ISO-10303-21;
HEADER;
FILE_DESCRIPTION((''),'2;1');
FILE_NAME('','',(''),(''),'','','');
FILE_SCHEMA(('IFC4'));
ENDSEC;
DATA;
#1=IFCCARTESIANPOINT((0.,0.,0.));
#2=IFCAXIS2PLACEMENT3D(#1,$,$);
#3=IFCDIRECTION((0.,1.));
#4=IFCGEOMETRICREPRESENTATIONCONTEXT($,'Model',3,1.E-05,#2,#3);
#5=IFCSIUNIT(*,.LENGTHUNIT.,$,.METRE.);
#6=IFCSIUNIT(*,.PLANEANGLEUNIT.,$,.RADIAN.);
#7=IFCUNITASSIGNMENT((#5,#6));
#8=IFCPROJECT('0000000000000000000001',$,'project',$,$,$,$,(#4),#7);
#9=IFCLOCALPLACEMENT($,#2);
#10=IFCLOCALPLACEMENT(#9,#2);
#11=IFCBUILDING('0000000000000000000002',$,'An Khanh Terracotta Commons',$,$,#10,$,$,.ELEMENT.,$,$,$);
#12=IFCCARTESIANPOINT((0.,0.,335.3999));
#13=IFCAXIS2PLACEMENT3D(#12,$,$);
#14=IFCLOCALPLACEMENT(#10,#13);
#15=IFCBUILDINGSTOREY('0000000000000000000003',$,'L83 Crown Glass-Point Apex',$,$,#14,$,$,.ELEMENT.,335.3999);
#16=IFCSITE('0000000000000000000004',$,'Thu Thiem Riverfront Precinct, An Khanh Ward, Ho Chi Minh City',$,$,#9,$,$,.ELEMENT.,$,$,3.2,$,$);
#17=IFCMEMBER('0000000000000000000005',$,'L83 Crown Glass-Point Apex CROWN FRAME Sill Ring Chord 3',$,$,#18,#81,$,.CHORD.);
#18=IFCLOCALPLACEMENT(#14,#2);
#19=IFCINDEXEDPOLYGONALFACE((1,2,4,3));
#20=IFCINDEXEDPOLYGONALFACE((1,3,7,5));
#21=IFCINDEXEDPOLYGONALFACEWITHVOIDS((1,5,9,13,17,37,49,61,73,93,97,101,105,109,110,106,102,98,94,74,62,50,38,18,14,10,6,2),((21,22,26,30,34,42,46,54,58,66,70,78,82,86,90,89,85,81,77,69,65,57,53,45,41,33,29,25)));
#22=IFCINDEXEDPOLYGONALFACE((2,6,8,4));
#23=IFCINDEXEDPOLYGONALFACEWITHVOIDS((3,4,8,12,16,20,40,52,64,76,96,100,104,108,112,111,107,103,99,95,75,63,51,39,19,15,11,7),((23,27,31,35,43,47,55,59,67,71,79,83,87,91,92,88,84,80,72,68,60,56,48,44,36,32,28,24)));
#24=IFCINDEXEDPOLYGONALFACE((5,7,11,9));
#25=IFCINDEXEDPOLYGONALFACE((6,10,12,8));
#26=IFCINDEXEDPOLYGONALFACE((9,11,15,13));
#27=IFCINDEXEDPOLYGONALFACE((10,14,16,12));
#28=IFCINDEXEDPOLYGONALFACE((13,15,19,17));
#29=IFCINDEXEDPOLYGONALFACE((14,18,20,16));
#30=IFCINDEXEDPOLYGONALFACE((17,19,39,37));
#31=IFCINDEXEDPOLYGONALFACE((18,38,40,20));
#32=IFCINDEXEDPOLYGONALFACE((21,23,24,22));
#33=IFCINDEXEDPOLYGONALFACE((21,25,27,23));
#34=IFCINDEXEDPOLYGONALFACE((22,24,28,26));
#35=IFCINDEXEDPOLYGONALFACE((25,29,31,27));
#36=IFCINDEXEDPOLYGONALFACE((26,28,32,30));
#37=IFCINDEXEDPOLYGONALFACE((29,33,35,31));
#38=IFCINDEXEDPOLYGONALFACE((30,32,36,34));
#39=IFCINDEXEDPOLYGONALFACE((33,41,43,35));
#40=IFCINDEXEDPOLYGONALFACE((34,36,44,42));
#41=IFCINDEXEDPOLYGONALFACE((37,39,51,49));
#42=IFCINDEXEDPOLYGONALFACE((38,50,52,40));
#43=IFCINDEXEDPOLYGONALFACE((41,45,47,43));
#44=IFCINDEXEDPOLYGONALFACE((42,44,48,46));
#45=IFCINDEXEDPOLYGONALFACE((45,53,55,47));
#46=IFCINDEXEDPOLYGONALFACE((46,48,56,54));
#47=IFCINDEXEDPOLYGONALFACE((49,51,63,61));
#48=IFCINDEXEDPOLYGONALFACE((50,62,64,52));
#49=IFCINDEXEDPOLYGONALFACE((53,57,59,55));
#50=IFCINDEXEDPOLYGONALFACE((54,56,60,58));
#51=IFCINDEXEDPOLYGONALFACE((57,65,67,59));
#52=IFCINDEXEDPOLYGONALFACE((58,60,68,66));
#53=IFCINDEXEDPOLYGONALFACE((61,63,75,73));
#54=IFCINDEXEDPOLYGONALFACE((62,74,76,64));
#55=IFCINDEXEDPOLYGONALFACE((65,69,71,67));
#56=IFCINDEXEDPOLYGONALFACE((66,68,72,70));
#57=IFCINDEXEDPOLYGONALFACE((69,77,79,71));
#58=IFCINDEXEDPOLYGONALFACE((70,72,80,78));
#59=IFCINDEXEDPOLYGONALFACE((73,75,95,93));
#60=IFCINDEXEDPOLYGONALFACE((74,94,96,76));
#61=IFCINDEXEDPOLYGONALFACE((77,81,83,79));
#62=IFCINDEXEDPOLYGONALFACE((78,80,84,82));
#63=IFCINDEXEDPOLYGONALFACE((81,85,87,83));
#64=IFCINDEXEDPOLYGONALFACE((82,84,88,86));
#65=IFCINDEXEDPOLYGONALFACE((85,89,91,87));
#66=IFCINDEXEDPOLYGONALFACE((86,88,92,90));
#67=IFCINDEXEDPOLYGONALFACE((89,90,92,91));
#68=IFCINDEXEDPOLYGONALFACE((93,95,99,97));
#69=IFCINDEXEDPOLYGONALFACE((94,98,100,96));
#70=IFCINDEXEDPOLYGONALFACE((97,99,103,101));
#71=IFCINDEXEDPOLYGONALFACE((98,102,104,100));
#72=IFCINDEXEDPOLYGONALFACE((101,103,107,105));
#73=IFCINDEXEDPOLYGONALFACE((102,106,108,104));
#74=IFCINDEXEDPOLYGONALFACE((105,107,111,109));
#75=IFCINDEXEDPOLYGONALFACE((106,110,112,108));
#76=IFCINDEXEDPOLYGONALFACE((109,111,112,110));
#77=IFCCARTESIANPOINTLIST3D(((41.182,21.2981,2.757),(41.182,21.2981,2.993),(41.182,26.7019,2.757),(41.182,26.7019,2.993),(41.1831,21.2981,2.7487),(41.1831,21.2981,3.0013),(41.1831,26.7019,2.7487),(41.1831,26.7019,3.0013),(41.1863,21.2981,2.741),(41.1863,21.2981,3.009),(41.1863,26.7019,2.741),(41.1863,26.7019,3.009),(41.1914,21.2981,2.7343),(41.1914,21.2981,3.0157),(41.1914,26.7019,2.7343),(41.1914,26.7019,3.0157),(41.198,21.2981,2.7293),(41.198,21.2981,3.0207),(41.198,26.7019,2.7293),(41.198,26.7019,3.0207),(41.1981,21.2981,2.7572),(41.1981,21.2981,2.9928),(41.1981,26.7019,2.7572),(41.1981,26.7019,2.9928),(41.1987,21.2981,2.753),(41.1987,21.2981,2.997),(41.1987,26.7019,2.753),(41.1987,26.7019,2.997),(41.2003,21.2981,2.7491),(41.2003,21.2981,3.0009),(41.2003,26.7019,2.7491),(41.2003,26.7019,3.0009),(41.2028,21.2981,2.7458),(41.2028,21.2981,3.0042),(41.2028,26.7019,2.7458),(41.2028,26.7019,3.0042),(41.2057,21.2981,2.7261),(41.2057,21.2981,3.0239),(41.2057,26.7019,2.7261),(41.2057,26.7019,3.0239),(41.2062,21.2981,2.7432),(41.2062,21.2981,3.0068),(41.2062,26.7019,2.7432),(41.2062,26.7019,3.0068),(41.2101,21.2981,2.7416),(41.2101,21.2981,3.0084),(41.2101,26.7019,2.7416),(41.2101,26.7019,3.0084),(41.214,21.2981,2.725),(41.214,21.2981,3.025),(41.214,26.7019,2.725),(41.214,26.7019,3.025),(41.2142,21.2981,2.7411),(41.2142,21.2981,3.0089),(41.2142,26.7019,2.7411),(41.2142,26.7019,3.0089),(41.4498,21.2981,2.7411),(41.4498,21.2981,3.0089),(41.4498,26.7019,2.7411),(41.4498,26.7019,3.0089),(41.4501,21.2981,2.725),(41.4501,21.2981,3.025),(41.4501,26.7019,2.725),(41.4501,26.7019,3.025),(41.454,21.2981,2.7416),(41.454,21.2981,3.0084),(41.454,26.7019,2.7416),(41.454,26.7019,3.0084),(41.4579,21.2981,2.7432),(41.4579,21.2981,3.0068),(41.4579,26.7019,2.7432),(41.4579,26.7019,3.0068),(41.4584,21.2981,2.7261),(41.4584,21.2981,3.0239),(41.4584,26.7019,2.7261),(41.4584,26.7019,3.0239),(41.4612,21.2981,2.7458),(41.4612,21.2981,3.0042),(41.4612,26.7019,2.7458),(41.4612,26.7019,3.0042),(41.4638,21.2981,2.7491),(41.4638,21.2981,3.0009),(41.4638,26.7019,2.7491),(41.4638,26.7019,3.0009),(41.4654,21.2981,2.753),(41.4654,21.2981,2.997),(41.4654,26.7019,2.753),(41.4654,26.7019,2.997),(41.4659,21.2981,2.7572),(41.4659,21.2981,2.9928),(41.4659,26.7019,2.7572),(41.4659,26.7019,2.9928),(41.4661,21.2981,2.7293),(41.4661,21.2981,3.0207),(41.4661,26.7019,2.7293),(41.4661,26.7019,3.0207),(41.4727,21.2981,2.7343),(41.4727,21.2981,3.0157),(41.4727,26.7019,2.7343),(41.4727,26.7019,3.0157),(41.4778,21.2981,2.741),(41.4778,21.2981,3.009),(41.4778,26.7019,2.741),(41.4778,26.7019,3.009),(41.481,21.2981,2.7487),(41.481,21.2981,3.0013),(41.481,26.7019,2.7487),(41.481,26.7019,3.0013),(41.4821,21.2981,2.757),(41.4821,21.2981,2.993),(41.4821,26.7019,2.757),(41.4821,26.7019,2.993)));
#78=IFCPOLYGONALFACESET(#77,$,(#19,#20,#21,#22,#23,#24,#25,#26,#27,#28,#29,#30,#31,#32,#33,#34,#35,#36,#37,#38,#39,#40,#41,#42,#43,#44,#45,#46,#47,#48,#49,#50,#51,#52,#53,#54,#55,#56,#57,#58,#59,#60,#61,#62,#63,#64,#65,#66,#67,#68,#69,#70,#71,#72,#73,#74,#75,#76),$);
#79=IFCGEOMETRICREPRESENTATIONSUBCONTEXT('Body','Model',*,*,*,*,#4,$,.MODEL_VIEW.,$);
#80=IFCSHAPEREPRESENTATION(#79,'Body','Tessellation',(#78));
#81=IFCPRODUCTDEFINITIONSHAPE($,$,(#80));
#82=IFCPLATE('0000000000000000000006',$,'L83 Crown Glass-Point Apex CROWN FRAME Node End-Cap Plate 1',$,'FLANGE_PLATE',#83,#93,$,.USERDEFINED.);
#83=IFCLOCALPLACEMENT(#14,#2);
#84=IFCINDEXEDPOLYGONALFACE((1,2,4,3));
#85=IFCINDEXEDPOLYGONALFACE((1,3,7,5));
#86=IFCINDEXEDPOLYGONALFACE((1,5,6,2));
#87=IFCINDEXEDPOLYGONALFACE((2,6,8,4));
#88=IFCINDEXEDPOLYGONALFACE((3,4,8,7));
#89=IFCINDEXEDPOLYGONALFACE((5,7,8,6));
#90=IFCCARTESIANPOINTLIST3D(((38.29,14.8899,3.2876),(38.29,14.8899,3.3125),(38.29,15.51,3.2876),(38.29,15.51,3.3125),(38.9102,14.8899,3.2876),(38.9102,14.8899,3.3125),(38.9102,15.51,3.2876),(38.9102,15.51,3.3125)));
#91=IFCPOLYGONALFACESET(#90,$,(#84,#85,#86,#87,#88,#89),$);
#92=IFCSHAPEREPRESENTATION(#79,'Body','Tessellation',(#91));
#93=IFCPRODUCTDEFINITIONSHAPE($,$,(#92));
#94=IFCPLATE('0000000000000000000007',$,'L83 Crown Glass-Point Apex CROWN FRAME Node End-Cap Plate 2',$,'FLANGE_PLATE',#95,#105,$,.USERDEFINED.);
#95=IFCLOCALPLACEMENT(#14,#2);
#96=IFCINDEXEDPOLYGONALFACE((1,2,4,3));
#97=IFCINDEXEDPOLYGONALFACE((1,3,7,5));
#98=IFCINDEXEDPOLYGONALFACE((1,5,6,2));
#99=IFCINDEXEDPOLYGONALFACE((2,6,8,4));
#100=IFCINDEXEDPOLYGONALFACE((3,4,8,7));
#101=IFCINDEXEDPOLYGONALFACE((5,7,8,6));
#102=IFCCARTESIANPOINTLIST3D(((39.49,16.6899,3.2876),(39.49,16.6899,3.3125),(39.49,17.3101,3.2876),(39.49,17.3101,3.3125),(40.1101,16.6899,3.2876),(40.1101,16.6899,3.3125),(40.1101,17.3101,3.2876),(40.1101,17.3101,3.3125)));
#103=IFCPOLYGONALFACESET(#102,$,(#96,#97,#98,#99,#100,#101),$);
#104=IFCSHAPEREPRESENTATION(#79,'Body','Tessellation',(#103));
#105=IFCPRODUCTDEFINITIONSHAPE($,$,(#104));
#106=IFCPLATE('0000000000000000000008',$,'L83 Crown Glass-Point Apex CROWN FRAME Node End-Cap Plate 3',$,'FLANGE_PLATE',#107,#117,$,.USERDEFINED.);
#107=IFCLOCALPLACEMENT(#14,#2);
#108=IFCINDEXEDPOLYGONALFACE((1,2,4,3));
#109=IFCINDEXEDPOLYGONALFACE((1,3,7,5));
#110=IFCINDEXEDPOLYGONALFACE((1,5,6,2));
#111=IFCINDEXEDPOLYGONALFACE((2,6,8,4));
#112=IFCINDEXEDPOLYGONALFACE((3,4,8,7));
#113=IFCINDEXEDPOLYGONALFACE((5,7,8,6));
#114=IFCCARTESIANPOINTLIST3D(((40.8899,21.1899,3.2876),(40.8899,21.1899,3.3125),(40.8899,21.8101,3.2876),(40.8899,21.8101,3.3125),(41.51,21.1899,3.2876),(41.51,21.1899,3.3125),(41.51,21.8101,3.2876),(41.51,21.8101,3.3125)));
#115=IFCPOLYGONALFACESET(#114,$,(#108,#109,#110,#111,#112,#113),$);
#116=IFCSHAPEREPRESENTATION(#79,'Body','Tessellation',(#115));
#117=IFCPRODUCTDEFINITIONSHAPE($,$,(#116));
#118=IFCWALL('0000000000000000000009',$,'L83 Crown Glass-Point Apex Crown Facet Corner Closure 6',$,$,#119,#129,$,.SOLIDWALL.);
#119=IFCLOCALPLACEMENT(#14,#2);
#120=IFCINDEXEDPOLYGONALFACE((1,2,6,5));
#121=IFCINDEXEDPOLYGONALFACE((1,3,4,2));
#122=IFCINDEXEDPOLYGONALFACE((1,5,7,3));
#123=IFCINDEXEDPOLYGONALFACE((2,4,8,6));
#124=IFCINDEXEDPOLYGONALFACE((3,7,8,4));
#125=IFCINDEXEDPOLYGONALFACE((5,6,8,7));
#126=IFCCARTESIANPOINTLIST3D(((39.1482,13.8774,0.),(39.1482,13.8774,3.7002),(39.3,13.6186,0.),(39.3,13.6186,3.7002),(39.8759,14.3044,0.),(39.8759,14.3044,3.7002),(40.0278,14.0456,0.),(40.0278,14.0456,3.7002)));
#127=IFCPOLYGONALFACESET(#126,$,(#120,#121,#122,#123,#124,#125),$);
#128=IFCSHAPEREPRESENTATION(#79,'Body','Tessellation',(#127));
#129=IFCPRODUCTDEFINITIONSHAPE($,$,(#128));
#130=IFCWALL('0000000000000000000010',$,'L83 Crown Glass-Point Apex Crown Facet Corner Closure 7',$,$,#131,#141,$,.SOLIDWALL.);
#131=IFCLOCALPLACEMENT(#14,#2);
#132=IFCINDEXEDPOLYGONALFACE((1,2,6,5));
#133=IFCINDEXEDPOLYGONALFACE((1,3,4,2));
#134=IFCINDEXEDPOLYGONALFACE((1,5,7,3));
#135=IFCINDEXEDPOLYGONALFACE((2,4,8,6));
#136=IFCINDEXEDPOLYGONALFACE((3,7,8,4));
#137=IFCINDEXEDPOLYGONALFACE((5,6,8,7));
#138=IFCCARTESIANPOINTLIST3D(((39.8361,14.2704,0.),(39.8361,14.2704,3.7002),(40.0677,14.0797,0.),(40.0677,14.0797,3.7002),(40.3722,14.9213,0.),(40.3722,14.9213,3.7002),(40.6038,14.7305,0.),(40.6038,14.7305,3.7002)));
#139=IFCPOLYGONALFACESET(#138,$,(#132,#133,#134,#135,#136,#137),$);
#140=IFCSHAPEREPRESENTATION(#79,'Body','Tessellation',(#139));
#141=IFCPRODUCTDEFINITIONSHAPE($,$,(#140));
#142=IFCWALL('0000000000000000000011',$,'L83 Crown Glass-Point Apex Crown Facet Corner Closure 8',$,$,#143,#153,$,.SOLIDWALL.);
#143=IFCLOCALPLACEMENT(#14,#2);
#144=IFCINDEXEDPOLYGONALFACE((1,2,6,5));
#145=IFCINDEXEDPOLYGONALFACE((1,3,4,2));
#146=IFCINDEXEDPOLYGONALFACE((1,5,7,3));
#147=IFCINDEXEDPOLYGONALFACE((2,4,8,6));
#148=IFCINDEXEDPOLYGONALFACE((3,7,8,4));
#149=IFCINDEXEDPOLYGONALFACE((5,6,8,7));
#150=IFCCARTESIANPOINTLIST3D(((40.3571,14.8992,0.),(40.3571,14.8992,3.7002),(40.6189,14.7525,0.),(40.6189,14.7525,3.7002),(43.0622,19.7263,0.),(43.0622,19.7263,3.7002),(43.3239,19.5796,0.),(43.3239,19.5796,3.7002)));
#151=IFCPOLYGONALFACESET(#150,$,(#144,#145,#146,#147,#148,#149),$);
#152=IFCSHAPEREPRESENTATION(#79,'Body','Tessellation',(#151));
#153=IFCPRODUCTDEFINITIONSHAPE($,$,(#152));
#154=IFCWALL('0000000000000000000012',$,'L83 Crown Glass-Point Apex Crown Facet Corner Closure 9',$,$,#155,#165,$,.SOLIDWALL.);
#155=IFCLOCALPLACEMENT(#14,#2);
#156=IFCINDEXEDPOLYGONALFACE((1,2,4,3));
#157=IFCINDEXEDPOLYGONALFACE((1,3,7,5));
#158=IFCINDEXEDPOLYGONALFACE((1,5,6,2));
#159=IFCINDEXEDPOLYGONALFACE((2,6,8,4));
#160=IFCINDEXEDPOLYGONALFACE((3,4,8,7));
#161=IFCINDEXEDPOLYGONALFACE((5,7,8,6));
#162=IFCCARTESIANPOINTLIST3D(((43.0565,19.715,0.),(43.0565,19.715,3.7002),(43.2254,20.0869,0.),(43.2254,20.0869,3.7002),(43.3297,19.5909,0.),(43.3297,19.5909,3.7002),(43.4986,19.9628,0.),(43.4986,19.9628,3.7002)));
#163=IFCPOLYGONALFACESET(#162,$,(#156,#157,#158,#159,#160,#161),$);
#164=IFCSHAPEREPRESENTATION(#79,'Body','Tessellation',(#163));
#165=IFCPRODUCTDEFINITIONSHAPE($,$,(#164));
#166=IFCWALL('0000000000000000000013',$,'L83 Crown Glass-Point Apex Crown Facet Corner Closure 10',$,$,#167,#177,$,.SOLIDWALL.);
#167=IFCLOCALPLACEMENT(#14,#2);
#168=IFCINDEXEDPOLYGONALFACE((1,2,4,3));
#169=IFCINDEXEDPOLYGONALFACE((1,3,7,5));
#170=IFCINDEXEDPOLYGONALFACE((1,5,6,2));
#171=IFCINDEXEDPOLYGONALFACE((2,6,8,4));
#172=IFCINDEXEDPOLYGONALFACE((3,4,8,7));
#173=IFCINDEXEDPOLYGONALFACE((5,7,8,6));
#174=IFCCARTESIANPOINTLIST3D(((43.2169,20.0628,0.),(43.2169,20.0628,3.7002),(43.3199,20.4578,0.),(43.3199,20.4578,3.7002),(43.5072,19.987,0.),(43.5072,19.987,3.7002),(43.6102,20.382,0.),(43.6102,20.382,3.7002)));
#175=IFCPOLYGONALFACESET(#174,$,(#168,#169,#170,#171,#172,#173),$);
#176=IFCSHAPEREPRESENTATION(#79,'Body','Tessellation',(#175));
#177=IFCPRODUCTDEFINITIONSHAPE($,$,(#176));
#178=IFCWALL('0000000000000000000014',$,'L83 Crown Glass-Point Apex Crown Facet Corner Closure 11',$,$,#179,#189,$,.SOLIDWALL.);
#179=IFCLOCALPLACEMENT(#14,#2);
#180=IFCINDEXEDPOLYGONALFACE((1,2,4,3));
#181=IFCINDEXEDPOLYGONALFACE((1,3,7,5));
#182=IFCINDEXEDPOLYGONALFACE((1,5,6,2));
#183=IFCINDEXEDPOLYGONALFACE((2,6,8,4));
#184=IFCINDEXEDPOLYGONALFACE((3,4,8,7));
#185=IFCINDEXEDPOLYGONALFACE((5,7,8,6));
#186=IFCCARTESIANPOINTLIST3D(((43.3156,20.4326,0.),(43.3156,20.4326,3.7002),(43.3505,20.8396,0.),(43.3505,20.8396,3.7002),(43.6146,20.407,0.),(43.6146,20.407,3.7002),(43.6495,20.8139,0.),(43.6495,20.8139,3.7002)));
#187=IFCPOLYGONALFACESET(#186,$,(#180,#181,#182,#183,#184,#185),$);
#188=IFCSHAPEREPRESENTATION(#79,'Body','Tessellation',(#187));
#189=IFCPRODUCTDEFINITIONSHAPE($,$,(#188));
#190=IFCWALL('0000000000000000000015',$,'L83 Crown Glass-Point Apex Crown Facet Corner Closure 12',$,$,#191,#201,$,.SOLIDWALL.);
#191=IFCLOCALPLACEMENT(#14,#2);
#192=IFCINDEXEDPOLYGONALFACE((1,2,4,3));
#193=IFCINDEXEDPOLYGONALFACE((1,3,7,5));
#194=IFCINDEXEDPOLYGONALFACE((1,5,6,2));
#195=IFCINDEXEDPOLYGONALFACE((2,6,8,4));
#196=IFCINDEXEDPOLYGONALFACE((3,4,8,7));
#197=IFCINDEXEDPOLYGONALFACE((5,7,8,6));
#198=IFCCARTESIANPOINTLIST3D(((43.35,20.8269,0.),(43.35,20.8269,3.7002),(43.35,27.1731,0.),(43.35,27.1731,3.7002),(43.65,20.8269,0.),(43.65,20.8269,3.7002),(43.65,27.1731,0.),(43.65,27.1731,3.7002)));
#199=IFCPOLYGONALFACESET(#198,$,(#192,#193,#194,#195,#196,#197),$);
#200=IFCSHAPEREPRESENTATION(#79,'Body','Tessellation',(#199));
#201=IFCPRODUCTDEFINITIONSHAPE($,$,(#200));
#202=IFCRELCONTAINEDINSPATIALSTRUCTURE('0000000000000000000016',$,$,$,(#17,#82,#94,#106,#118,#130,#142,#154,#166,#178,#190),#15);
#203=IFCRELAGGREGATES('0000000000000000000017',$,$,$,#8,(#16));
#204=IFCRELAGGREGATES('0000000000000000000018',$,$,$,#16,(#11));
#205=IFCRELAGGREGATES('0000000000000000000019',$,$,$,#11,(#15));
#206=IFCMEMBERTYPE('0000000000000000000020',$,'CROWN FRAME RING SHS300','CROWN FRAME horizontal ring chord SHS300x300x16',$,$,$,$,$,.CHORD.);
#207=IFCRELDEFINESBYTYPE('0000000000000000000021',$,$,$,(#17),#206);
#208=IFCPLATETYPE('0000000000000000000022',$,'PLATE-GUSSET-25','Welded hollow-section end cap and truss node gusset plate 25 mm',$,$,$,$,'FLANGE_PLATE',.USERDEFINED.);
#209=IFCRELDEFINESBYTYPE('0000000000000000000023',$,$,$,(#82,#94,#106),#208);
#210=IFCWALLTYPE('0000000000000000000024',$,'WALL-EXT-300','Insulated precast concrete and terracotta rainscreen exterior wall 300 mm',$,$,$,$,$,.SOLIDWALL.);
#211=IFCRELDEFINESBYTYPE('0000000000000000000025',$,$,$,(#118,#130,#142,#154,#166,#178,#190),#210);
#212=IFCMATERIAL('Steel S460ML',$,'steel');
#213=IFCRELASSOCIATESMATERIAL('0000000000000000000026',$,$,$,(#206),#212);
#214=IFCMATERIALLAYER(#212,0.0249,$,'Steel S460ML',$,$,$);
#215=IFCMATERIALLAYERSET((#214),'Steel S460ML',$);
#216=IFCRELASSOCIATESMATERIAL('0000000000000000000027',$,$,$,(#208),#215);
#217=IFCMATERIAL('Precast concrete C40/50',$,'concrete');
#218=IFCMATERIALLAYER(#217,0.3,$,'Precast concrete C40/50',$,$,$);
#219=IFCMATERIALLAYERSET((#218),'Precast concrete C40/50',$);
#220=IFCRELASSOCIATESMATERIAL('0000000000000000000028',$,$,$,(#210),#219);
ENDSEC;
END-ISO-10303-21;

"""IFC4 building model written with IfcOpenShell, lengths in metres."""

from ifc_helpers import new_model, si_unit, direction, frame, frame_2d, origin, origin_2d, place, context, subcontext, project, spatial, rectangle, hollow_rectangle, extrude, material, layer, layer_set, material_profile, profile_set, type_object, element, save


model = new_model("IFC4")

# Units and contexts
model_context = context("Model", 3, precision=1e-05, world=origin(), true_north=direction((0.0, 1.0)))
body_context = subcontext(model_context, "Body", "Model", "MODEL_VIEW")
ifc_project = project(units=[si_unit("LENGTHUNIT", "METRE"), si_unit("PLANEANGLEUNIT", "RADIAN")], contexts=[model_context])

# Site, building, storey
site_placement = place(None, origin())
site = spatial("IfcSite", under=ifc_project, at=site_placement, Name="Thu Thiem Riverfront Precinct, An Khanh Ward, Ho Chi Minh City", CompositionType="ELEMENT", RefElevation=3.2)
building_placement = place(site_placement, origin())
building = spatial("IfcBuilding", under=site, at=building_placement, Name="An Khanh Terracotta Commons", CompositionType="ELEMENT")
storey_placement = place(building_placement, frame((0.0, 0.0, 335.3999)))
storey = spatial("IfcBuildingStorey", under=building, at=storey_placement, Name="L83 Crown Glass-Point Apex", CompositionType="ELEMENT", Elevation=335.3999)

# Member
ifc_material_1 = material(Name="Steel S460ML", Category="steel")
ifc_material_profile_1 = material_profile(ifc_material_1, hollow_rectangle(XDim=0.3, YDim=0.3, WallThickness=0.0161, InnerFilletRadius=0.0161, OuterFilletRadius=0.032, at=origin_2d()), Name="SHS300x300x16")
ifc_profile_set_1 = profile_set([ifc_material_profile_1], Name="Steel S460ML")
member_type_1 = type_object("IfcMemberType", Name="CROWN FRAME RING SHS300", Description="CROWN FRAME horizontal ring chord SHS300x300x16", PredefinedType="CHORD", material=ifc_profile_set_1)
member_1_placement = place(storey_placement, frame((41.332, 21.2981, 2.875), z_axis=(0.0, 1.0, 0.0), x_axis=(-1.0, 0.0, 0.0)))
element("IfcMember", 1, at=member_1_placement, inside=storey, type_object=member_type_1, Name="L83 Crown Glass-Point Apex CROWN FRAME Sill Ring Chord 3", PredefinedType="CHORD", context=body_context, shape_type="SweptSolid", body=[
    extrude(hollow_rectangle(XDim=0.3, YDim=0.3, WallThickness=0.0161, InnerFilletRadius=0.0161, OuterFilletRadius=0.032, at=origin_2d()), origin(), (0.0, 0.0, 1.0), 5.4038),
])

# Plates
ifc_layer_1 = layer(ifc_material_1, 0.0249, Name="Steel S460ML")
ifc_layer_set_1 = layer_set([ifc_layer_1], Name="Steel S460ML")
plate_type = type_object("IfcPlateType", Name="PLATE-GUSSET-25", Description="Welded hollow-section end cap and truss node gusset plate 25 mm", ElementType="FLANGE_PLATE", PredefinedType="USERDEFINED", material=ifc_layer_set_1)
for number, where, z_axis, x_axis, name in (
    (2, (38.6001, 15.2, 3.2876), (0.0, 0.0, 1.0), (1.0, 0.0, 0.0), "L83 Crown Glass-Point Apex CROWN FRAME Node End-Cap Plate 1"),
    (3, (39.8, 17.0, 3.2876), (0.0, 0.0, 1.0), (1.0, 0.0, 0.0), "L83 Crown Glass-Point Apex CROWN FRAME Node End-Cap Plate 2"),
    (4, (41.2, 21.5, 3.2876), (0.0, 0.0, 1.0), (1.0, 0.0, 0.0), "L83 Crown Glass-Point Apex CROWN FRAME Node End-Cap Plate 3"),
):
    element("IfcPlate", number, at=place(storey_placement, frame(where, z_axis=z_axis, x_axis=x_axis)), inside=storey, type_object=plate_type, Name=name, ObjectType="FLANGE_PLATE", PredefinedType="USERDEFINED", context=body_context, shape_type="SweptSolid", body=[
        extrude(rectangle(XDim=0.6201, YDim=0.6201, at=origin_2d()), origin(), (0.0, 0.0, 1.0), 0.0249),
    ])

# Walls
ifc_material_2 = material(Name="Precast concrete C40/50", Category="concrete")
ifc_layer_2 = layer(ifc_material_2, 0.3, Name="Precast concrete C40/50")
ifc_layer_set_2 = layer_set([ifc_layer_2], Name="Precast concrete C40/50")
wall_type_1 = type_object("IfcWallType", Name="WALL-EXT-300", Description="Insulated precast concrete and terracotta rainscreen exterior wall 300 mm", PredefinedType="SOLIDWALL", material=ifc_layer_set_2)
wall_1_placement = place(storey_placement, frame((39.2241, 13.748, 0.0), z_axis=(0.0, 0.0, 1.0), x_axis=(0.862506, 0.506046, 0.0)))
element("IfcWall", 5, at=wall_1_placement, inside=storey, type_object=wall_type_1, Name="L83 Crown Glass-Point Apex Crown Facet Corner Closure 6", PredefinedType="SOLIDWALL", context=body_context, shape_type="SweptSolid", body=[
    extrude(rectangle(XDim=0.8438, YDim=0.3, at=frame_2d((0.4219, 0.0))), origin(), (0.0, 0.0, 1.0), 3.7002),
])
wall_2_placement = place(storey_placement, frame((39.9519, 14.175, 0.0), z_axis=(0.0, 0.0, 1.0), x_axis=(0.635788, 0.771863, 0.0)))
element("IfcWall", 6, at=wall_2_placement, inside=storey, type_object=wall_type_1, Name="L83 Crown Glass-Point Apex Crown Facet Corner Closure 7", PredefinedType="SOLIDWALL", context=body_context, shape_type="SweptSolid", body=[
    extrude(rectangle(XDim=0.8433, YDim=0.3, at=frame_2d((0.4216, 0.0))), origin(), (0.0, 0.0, 1.0), 3.7002),
])
wall_3_placement = place(storey_placement, frame((40.488, 14.8259, 0.0), z_axis=(0.0, 0.0, 1.0), x_axis=(0.488861, 0.872362, 0.0)))
element("IfcWall", 7, at=wall_3_placement, inside=storey, type_object=wall_type_1, Name="L83 Crown Glass-Point Apex Crown Facet Corner Closure 8", PredefinedType="SOLIDWALL", context=body_context, shape_type="SweptSolid", body=[
    extrude(rectangle(XDim=5.5334, YDim=0.3, at=frame_2d((2.7666, 0.0))), origin(), (0.0, 0.0, 1.0), 3.7002),
])
wall_4_placement = place(storey_placement, frame((43.1931, 19.6531, 0.0), z_axis=(0.0, 0.0, 1.0), x_axis=(0.413668, 0.910428, 0.0)))
element("IfcWall", 8, at=wall_4_placement, inside=storey, type_object=wall_type_1, Name="L83 Crown Glass-Point Apex Crown Facet Corner Closure 9", PredefinedType="SOLIDWALL", context=body_context, shape_type="SweptSolid", body=[
    extrude(rectangle(XDim=0.4084, YDim=0.3, at=frame_2d((0.2041, 0.0))), origin(), (0.0, 0.0, 1.0), 3.7002),
])
wall_5_placement = place(storey_placement, frame((43.3621, 20.0249, 0.0), z_axis=(0.0, 0.0, 1.0), x_axis=(0.252373, 0.96763, 0.0)))
element("IfcWall", 9, at=wall_5_placement, inside=storey, type_object=wall_type_1, Name="L83 Crown Glass-Point Apex Crown Facet Corner Closure 10", PredefinedType="SOLIDWALL", context=body_context, shape_type="SweptSolid", body=[
    extrude(rectangle(XDim=0.4082, YDim=0.3, at=frame_2d((0.2041, 0.0))), origin(), (0.0, 0.0, 1.0), 3.7002),
])
wall_6_placement = place(storey_placement, frame((43.4651, 20.4199, 0.0), z_axis=(0.0, 0.0, 1.0), x_axis=(0.085469, 0.996341, 0.0)))
element("IfcWall", 10, at=wall_6_placement, inside=storey, type_object=wall_type_1, Name="L83 Crown Glass-Point Apex Crown Facet Corner Closure 11", PredefinedType="SOLIDWALL", context=body_context, shape_type="SweptSolid", body=[
    extrude(rectangle(XDim=0.4084, YDim=0.3, at=frame_2d((0.2041, 0.0))), origin(), (0.0, 0.0, 1.0), 3.7002),
])
wall_7_placement = place(storey_placement, frame((43.5, 20.8269, 0.0), z_axis=(0.0, 0.0, 1.0), x_axis=(0.0, 1.0, 0.0)))
element("IfcWall", 11, at=wall_7_placement, inside=storey, type_object=wall_type_1, Name="L83 Crown Glass-Point Apex Crown Facet Corner Closure 12", PredefinedType="SOLIDWALL", context=body_context, shape_type="SweptSolid", body=[
    extrude(rectangle(XDim=6.3462, YDim=0.3, at=frame_2d((3.1731, 0.0))), origin(), (0.0, 0.0, 1.0), 3.7002),
])

save(model, "model.ifc")
